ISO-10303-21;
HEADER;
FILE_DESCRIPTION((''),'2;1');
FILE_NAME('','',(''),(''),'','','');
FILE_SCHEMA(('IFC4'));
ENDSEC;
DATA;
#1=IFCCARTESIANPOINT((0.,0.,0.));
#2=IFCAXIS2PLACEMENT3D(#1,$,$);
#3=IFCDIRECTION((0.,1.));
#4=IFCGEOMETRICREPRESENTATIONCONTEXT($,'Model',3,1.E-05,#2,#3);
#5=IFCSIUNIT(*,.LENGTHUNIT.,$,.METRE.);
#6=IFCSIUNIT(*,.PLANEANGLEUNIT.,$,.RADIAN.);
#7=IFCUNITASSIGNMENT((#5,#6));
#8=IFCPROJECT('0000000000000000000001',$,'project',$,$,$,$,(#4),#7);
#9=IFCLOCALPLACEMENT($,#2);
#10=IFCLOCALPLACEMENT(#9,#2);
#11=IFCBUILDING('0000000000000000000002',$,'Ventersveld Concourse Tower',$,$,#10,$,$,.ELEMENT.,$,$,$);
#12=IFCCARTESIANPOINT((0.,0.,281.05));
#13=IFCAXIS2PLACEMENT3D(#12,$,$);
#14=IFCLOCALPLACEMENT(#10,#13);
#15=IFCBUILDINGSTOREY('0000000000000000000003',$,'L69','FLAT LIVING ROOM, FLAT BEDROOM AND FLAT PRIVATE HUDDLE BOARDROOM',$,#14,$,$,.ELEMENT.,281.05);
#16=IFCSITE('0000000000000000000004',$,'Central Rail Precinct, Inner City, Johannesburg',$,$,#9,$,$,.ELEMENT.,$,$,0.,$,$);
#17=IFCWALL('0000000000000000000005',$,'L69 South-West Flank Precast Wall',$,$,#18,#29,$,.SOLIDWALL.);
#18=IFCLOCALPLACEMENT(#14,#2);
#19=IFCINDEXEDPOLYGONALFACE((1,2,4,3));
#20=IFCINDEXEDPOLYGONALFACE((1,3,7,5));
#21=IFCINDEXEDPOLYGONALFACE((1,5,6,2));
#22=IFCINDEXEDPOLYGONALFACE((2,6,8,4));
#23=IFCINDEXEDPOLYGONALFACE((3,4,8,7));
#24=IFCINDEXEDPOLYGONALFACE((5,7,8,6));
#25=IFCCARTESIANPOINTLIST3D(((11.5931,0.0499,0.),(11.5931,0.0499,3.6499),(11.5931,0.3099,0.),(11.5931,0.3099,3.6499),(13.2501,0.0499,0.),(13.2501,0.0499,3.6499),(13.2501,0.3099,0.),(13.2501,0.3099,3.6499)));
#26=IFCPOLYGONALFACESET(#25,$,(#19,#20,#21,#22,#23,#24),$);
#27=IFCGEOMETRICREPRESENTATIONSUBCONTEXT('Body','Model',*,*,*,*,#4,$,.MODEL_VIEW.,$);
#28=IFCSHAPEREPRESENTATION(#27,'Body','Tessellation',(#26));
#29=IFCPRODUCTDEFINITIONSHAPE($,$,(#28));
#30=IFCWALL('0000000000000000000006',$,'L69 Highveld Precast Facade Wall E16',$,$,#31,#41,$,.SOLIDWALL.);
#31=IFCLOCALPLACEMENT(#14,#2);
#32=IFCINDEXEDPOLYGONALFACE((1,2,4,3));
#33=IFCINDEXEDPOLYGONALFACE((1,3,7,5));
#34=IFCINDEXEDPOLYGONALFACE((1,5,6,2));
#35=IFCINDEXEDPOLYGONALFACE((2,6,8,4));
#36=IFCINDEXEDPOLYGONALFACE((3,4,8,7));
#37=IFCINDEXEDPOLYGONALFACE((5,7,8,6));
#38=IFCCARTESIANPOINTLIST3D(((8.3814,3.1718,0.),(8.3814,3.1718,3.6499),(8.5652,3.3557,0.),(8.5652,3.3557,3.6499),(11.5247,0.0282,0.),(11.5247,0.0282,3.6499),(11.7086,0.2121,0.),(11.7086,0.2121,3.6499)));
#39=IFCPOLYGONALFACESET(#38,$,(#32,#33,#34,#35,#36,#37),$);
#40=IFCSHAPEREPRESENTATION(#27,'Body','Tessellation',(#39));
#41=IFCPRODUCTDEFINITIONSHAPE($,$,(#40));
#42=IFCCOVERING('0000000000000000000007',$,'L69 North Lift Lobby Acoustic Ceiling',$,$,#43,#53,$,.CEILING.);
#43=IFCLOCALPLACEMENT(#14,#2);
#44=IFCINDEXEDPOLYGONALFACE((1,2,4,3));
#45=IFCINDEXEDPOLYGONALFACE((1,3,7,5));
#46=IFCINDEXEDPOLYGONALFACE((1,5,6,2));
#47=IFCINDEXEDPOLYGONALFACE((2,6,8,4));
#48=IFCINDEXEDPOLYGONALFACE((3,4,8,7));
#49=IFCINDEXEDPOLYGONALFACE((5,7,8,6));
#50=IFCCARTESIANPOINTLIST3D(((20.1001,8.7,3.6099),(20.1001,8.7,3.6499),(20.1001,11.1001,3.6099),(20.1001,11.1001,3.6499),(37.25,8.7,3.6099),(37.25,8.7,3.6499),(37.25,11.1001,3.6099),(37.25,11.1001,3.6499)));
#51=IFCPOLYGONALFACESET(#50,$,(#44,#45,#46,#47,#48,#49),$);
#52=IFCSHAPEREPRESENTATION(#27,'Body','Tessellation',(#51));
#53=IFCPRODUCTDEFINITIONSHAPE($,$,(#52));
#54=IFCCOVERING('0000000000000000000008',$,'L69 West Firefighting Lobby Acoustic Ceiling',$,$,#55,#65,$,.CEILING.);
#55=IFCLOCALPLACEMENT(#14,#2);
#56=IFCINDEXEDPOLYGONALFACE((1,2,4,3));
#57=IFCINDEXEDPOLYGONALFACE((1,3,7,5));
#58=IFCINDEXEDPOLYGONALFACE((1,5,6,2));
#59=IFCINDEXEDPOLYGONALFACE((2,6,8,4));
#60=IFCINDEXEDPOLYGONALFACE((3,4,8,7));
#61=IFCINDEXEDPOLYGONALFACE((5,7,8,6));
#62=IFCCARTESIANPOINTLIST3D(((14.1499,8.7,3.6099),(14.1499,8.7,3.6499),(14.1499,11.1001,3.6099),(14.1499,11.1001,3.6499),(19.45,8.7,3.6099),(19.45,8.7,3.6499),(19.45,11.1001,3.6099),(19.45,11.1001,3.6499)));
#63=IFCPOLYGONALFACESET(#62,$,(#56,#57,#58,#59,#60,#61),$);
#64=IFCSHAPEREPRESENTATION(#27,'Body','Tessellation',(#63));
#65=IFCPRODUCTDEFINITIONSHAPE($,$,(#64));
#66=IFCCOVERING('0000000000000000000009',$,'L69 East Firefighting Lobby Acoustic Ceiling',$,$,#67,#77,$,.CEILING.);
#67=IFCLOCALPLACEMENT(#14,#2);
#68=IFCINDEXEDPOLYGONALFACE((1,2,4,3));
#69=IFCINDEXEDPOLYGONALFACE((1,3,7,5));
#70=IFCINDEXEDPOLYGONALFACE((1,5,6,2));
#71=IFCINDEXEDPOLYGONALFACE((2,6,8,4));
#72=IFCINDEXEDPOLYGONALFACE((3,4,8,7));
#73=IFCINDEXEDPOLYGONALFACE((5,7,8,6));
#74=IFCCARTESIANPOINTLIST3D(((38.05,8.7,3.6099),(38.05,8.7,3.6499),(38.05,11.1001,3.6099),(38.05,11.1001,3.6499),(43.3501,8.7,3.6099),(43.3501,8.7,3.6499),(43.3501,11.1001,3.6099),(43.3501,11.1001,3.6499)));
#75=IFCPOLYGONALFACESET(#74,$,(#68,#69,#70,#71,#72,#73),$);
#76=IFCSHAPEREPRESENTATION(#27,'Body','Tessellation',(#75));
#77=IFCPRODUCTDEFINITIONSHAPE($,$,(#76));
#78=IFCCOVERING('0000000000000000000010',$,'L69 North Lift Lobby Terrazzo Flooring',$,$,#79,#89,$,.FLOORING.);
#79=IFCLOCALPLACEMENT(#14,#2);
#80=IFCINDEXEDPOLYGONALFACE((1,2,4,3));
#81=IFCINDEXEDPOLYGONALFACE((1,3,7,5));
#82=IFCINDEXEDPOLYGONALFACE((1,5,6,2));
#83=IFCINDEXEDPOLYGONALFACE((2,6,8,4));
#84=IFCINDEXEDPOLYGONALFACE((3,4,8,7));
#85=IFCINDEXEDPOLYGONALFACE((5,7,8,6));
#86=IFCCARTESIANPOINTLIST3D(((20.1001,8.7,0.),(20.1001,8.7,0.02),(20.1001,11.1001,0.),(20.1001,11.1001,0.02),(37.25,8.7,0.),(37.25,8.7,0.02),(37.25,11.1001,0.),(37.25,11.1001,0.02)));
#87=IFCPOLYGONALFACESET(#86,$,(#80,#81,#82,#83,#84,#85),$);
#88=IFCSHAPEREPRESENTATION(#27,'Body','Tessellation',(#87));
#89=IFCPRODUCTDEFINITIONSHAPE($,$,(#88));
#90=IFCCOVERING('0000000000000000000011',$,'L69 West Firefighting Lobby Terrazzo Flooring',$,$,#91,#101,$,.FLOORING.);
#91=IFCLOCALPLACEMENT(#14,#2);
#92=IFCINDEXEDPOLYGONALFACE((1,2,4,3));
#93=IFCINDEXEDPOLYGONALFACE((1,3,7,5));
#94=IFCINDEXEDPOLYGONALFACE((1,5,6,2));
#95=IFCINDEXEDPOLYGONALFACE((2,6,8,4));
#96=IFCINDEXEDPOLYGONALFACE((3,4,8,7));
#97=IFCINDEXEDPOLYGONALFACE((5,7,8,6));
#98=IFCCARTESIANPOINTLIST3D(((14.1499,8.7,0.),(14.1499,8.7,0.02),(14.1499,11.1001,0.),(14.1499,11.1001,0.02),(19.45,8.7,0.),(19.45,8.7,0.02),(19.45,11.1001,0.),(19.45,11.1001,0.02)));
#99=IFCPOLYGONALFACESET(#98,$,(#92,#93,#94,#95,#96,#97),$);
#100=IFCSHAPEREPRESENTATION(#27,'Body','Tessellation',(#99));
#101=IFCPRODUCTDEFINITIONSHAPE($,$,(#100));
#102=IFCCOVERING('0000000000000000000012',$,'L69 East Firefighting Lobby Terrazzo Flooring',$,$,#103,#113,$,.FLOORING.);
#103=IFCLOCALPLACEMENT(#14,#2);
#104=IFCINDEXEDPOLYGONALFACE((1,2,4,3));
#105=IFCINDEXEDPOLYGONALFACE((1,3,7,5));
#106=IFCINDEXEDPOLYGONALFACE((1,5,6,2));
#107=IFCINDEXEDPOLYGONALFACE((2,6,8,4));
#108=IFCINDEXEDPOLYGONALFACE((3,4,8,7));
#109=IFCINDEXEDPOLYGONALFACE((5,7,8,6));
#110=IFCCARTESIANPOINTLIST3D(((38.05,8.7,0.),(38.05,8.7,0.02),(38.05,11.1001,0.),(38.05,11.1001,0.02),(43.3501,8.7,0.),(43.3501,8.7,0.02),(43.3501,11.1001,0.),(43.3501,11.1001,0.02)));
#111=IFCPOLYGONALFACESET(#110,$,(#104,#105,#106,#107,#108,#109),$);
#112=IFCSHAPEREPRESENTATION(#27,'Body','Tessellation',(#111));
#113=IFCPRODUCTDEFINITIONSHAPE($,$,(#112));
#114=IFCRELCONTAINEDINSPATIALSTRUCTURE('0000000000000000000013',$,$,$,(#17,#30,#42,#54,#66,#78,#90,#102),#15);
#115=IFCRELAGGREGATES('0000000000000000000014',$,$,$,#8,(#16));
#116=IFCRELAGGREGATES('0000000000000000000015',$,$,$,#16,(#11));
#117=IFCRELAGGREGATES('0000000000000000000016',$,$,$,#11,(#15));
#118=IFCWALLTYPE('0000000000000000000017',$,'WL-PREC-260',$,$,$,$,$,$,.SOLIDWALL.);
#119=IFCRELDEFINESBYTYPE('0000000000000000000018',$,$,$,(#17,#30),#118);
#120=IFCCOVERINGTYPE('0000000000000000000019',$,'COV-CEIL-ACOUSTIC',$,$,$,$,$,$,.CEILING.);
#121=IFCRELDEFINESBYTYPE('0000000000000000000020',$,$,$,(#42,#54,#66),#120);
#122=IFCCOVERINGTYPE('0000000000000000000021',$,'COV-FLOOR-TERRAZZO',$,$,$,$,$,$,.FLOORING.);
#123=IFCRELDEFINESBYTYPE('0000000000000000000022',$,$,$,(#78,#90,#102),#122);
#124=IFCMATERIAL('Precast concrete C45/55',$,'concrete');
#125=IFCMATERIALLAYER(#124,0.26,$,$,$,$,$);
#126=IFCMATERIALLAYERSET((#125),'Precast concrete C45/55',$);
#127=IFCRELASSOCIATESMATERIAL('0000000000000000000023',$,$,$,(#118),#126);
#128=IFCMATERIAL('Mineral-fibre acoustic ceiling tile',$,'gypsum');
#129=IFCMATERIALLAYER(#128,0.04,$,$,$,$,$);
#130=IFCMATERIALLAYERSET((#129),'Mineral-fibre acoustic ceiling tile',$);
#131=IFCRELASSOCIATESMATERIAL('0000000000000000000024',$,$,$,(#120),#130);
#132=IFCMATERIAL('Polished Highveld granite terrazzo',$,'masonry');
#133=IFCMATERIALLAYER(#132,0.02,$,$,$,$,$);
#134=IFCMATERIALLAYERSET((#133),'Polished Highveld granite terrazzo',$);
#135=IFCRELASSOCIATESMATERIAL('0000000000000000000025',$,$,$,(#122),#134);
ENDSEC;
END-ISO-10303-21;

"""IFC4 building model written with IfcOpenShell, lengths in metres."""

from ifc_helpers import new_model, si_unit, direction, frame, frame_2d, origin, place, context, subcontext, project, spatial, polyline, rectangle, outline, extrude, material, layer, layer_set, type_object, element, save


model = new_model("IFC4")

# Units and contexts
model_context = context("Model", 3, precision=1e-05, world=origin(), true_north=direction((0.0, 1.0)))
body_context = subcontext(model_context, "Body", "Model", "MODEL_VIEW")
ifc_project = project(units=[si_unit("LENGTHUNIT", "METRE"), si_unit("PLANEANGLEUNIT", "RADIAN")], contexts=[model_context])

# Site, building, storey
site_placement = place(None, origin())
site = spatial("IfcSite", under=ifc_project, at=site_placement, Name="Central Rail Precinct, Inner City, Johannesburg", CompositionType="ELEMENT", RefElevation=0.0)
building_placement = place(site_placement, origin())
building = spatial("IfcBuilding", under=site, at=building_placement, Name="Ventersveld Concourse Tower", CompositionType="ELEMENT")
storey_placement = place(building_placement, frame((0.0, 0.0, 281.05)))
storey = spatial("IfcBuildingStorey", under=building, at=storey_placement, Name="L69", Description="FLAT LIVING ROOM, FLAT BEDROOM AND FLAT PRIVATE HUDDLE BOARDROOM", CompositionType="ELEMENT", Elevation=281.05)

# Walls
ifc_material_1 = material(Name="Precast concrete C45/55", Category="concrete")
ifc_layer_1 = layer(ifc_material_1, 0.26)
ifc_layer_set_1 = layer_set([ifc_layer_1], Name="Precast concrete C45/55")
wall_type_1 = type_object("IfcWallType", Name="WL-PREC-260", PredefinedType="SOLIDWALL", material=ifc_layer_set_1)
wall_1_placement = place(storey_placement, frame((11.593, 0.1799, 0.0), z_axis=(0.0, 0.0, 1.0), x_axis=(1.0, 0.0, 0.0)))
element("IfcWall", 1, at=wall_1_placement, inside=storey, type_object=wall_type_1, Name="L69 South-West Flank Precast Wall", PredefinedType="SOLIDWALL", context=body_context, shape_type="SweptSolid", body=[
    extrude(rectangle(XDim=1.657, YDim=0.26, at=frame_2d((0.8286, 0.0))), origin(), (0.0, 0.0, 1.0), 3.6499),
])
wall_2_placement = place(storey_placement, frame((8.4734, 3.2637, 0.0), z_axis=(0.0, 0.0, 1.0), x_axis=(0.707079, -0.707134, 0.0)))
element("IfcWall", 2, at=wall_2_placement, inside=storey, type_object=wall_type_1, Name="L69 Highveld Precast Facade Wall E16", PredefinedType="SOLIDWALL", context=body_context, shape_type="SweptSolid", body=[
    extrude(rectangle(XDim=4.4456, YDim=0.26, at=frame_2d((2.2227, 0.0))), origin(), (0.0, 0.0, 1.0), 3.6499),
])

# Coverings
ifc_material_2 = material(Name="Mineral-fibre acoustic ceiling tile", Category="gypsum")
ifc_layer_2 = layer(ifc_material_2, 0.04)
ifc_layer_set_2 = layer_set([ifc_layer_2], Name="Mineral-fibre acoustic ceiling tile")
covering_type_1 = type_object("IfcCoveringType", Name="COV-CEIL-ACOUSTIC", PredefinedType="CEILING", material=ifc_layer_set_2)
covering_1_placement = place(storey_placement, frame((0.0, 0.0, 3.6099)))
element("IfcCovering", 3, at=covering_1_placement, inside=storey, type_object=covering_type_1, Name="L69 North Lift Lobby Acoustic Ceiling", PredefinedType="CEILING", context=body_context, shape_type="SweptSolid", body=[
    extrude(outline(polyline([(20.1001, 8.7), (37.25, 8.7), (37.25, 11.1001), (20.1001, 11.1001), (20.1001, 8.7)])), origin(), (0.0, 0.0, 1.0), 0.04),
])
covering_2_placement = place(storey_placement, frame((0.0, 0.0, 3.6099)))
element("IfcCovering", 4, at=covering_2_placement, inside=storey, type_object=covering_type_1, Name="L69 West Firefighting Lobby Acoustic Ceiling", PredefinedType="CEILING", context=body_context, shape_type="SweptSolid", body=[
    extrude(outline(polyline([(14.1499, 8.7), (19.45, 8.7), (19.45, 11.1001), (14.1499, 11.1001), (14.1499, 8.7)])), origin(), (0.0, 0.0, 1.0), 0.04),
])
covering_3_placement = place(storey_placement, frame((0.0, 0.0, 3.6099)))
element("IfcCovering", 5, at=covering_3_placement, inside=storey, type_object=covering_type_1, Name="L69 East Firefighting Lobby Acoustic Ceiling", PredefinedType="CEILING", context=body_context, shape_type="SweptSolid", body=[
    extrude(outline(polyline([(38.05, 8.7), (43.3501, 8.7), (43.3501, 11.1001), (38.05, 11.1001), (38.05, 8.7)])), origin(), (0.0, 0.0, 1.0), 0.04),
])
ifc_material_3 = material(Name="Polished Highveld granite terrazzo", Category="masonry")
ifc_layer_3 = layer(ifc_material_3, 0.02)
ifc_layer_set_3 = layer_set([ifc_layer_3], Name="Polished Highveld granite terrazzo")
covering_type_2 = type_object("IfcCoveringType", Name="COV-FLOOR-TERRAZZO", PredefinedType="FLOORING", material=ifc_layer_set_3)
covering_4_placement = place(storey_placement, origin())
element("IfcCovering", 6, at=covering_4_placement, inside=storey, type_object=covering_type_2, Name="L69 North Lift Lobby Terrazzo Flooring", PredefinedType="FLOORING", context=body_context, shape_type="SweptSolid", body=[
    extrude(outline(polyline([(20.1001, 8.7), (37.25, 8.7), (37.25, 11.1001), (20.1001, 11.1001), (20.1001, 8.7)])), origin(), (0.0, 0.0, 1.0), 0.02),
])
covering_5_placement = place(storey_placement, origin())
element("IfcCovering", 7, at=covering_5_placement, inside=storey, type_object=covering_type_2, Name="L69 West Firefighting Lobby Terrazzo Flooring", PredefinedType="FLOORING", context=body_context, shape_type="SweptSolid", body=[
    extrude(outline(polyline([(14.1499, 8.7), (19.45, 8.7), (19.45, 11.1001), (14.1499, 11.1001), (14.1499, 8.7)])), origin(), (0.0, 0.0, 1.0), 0.02),
])
covering_6_placement = place(storey_placement, origin())
element("IfcCovering", 8, at=covering_6_placement, inside=storey, type_object=covering_type_2, Name="L69 East Firefighting Lobby Terrazzo Flooring", PredefinedType="FLOORING", context=body_context, shape_type="SweptSolid", body=[
    extrude(outline(polyline([(38.05, 8.7), (43.3501, 8.7), (43.3501, 11.1001), (38.05, 11.1001), (38.05, 8.7)])), origin(), (0.0, 0.0, 1.0), 0.02),
])

save(model, "model.ifc")
